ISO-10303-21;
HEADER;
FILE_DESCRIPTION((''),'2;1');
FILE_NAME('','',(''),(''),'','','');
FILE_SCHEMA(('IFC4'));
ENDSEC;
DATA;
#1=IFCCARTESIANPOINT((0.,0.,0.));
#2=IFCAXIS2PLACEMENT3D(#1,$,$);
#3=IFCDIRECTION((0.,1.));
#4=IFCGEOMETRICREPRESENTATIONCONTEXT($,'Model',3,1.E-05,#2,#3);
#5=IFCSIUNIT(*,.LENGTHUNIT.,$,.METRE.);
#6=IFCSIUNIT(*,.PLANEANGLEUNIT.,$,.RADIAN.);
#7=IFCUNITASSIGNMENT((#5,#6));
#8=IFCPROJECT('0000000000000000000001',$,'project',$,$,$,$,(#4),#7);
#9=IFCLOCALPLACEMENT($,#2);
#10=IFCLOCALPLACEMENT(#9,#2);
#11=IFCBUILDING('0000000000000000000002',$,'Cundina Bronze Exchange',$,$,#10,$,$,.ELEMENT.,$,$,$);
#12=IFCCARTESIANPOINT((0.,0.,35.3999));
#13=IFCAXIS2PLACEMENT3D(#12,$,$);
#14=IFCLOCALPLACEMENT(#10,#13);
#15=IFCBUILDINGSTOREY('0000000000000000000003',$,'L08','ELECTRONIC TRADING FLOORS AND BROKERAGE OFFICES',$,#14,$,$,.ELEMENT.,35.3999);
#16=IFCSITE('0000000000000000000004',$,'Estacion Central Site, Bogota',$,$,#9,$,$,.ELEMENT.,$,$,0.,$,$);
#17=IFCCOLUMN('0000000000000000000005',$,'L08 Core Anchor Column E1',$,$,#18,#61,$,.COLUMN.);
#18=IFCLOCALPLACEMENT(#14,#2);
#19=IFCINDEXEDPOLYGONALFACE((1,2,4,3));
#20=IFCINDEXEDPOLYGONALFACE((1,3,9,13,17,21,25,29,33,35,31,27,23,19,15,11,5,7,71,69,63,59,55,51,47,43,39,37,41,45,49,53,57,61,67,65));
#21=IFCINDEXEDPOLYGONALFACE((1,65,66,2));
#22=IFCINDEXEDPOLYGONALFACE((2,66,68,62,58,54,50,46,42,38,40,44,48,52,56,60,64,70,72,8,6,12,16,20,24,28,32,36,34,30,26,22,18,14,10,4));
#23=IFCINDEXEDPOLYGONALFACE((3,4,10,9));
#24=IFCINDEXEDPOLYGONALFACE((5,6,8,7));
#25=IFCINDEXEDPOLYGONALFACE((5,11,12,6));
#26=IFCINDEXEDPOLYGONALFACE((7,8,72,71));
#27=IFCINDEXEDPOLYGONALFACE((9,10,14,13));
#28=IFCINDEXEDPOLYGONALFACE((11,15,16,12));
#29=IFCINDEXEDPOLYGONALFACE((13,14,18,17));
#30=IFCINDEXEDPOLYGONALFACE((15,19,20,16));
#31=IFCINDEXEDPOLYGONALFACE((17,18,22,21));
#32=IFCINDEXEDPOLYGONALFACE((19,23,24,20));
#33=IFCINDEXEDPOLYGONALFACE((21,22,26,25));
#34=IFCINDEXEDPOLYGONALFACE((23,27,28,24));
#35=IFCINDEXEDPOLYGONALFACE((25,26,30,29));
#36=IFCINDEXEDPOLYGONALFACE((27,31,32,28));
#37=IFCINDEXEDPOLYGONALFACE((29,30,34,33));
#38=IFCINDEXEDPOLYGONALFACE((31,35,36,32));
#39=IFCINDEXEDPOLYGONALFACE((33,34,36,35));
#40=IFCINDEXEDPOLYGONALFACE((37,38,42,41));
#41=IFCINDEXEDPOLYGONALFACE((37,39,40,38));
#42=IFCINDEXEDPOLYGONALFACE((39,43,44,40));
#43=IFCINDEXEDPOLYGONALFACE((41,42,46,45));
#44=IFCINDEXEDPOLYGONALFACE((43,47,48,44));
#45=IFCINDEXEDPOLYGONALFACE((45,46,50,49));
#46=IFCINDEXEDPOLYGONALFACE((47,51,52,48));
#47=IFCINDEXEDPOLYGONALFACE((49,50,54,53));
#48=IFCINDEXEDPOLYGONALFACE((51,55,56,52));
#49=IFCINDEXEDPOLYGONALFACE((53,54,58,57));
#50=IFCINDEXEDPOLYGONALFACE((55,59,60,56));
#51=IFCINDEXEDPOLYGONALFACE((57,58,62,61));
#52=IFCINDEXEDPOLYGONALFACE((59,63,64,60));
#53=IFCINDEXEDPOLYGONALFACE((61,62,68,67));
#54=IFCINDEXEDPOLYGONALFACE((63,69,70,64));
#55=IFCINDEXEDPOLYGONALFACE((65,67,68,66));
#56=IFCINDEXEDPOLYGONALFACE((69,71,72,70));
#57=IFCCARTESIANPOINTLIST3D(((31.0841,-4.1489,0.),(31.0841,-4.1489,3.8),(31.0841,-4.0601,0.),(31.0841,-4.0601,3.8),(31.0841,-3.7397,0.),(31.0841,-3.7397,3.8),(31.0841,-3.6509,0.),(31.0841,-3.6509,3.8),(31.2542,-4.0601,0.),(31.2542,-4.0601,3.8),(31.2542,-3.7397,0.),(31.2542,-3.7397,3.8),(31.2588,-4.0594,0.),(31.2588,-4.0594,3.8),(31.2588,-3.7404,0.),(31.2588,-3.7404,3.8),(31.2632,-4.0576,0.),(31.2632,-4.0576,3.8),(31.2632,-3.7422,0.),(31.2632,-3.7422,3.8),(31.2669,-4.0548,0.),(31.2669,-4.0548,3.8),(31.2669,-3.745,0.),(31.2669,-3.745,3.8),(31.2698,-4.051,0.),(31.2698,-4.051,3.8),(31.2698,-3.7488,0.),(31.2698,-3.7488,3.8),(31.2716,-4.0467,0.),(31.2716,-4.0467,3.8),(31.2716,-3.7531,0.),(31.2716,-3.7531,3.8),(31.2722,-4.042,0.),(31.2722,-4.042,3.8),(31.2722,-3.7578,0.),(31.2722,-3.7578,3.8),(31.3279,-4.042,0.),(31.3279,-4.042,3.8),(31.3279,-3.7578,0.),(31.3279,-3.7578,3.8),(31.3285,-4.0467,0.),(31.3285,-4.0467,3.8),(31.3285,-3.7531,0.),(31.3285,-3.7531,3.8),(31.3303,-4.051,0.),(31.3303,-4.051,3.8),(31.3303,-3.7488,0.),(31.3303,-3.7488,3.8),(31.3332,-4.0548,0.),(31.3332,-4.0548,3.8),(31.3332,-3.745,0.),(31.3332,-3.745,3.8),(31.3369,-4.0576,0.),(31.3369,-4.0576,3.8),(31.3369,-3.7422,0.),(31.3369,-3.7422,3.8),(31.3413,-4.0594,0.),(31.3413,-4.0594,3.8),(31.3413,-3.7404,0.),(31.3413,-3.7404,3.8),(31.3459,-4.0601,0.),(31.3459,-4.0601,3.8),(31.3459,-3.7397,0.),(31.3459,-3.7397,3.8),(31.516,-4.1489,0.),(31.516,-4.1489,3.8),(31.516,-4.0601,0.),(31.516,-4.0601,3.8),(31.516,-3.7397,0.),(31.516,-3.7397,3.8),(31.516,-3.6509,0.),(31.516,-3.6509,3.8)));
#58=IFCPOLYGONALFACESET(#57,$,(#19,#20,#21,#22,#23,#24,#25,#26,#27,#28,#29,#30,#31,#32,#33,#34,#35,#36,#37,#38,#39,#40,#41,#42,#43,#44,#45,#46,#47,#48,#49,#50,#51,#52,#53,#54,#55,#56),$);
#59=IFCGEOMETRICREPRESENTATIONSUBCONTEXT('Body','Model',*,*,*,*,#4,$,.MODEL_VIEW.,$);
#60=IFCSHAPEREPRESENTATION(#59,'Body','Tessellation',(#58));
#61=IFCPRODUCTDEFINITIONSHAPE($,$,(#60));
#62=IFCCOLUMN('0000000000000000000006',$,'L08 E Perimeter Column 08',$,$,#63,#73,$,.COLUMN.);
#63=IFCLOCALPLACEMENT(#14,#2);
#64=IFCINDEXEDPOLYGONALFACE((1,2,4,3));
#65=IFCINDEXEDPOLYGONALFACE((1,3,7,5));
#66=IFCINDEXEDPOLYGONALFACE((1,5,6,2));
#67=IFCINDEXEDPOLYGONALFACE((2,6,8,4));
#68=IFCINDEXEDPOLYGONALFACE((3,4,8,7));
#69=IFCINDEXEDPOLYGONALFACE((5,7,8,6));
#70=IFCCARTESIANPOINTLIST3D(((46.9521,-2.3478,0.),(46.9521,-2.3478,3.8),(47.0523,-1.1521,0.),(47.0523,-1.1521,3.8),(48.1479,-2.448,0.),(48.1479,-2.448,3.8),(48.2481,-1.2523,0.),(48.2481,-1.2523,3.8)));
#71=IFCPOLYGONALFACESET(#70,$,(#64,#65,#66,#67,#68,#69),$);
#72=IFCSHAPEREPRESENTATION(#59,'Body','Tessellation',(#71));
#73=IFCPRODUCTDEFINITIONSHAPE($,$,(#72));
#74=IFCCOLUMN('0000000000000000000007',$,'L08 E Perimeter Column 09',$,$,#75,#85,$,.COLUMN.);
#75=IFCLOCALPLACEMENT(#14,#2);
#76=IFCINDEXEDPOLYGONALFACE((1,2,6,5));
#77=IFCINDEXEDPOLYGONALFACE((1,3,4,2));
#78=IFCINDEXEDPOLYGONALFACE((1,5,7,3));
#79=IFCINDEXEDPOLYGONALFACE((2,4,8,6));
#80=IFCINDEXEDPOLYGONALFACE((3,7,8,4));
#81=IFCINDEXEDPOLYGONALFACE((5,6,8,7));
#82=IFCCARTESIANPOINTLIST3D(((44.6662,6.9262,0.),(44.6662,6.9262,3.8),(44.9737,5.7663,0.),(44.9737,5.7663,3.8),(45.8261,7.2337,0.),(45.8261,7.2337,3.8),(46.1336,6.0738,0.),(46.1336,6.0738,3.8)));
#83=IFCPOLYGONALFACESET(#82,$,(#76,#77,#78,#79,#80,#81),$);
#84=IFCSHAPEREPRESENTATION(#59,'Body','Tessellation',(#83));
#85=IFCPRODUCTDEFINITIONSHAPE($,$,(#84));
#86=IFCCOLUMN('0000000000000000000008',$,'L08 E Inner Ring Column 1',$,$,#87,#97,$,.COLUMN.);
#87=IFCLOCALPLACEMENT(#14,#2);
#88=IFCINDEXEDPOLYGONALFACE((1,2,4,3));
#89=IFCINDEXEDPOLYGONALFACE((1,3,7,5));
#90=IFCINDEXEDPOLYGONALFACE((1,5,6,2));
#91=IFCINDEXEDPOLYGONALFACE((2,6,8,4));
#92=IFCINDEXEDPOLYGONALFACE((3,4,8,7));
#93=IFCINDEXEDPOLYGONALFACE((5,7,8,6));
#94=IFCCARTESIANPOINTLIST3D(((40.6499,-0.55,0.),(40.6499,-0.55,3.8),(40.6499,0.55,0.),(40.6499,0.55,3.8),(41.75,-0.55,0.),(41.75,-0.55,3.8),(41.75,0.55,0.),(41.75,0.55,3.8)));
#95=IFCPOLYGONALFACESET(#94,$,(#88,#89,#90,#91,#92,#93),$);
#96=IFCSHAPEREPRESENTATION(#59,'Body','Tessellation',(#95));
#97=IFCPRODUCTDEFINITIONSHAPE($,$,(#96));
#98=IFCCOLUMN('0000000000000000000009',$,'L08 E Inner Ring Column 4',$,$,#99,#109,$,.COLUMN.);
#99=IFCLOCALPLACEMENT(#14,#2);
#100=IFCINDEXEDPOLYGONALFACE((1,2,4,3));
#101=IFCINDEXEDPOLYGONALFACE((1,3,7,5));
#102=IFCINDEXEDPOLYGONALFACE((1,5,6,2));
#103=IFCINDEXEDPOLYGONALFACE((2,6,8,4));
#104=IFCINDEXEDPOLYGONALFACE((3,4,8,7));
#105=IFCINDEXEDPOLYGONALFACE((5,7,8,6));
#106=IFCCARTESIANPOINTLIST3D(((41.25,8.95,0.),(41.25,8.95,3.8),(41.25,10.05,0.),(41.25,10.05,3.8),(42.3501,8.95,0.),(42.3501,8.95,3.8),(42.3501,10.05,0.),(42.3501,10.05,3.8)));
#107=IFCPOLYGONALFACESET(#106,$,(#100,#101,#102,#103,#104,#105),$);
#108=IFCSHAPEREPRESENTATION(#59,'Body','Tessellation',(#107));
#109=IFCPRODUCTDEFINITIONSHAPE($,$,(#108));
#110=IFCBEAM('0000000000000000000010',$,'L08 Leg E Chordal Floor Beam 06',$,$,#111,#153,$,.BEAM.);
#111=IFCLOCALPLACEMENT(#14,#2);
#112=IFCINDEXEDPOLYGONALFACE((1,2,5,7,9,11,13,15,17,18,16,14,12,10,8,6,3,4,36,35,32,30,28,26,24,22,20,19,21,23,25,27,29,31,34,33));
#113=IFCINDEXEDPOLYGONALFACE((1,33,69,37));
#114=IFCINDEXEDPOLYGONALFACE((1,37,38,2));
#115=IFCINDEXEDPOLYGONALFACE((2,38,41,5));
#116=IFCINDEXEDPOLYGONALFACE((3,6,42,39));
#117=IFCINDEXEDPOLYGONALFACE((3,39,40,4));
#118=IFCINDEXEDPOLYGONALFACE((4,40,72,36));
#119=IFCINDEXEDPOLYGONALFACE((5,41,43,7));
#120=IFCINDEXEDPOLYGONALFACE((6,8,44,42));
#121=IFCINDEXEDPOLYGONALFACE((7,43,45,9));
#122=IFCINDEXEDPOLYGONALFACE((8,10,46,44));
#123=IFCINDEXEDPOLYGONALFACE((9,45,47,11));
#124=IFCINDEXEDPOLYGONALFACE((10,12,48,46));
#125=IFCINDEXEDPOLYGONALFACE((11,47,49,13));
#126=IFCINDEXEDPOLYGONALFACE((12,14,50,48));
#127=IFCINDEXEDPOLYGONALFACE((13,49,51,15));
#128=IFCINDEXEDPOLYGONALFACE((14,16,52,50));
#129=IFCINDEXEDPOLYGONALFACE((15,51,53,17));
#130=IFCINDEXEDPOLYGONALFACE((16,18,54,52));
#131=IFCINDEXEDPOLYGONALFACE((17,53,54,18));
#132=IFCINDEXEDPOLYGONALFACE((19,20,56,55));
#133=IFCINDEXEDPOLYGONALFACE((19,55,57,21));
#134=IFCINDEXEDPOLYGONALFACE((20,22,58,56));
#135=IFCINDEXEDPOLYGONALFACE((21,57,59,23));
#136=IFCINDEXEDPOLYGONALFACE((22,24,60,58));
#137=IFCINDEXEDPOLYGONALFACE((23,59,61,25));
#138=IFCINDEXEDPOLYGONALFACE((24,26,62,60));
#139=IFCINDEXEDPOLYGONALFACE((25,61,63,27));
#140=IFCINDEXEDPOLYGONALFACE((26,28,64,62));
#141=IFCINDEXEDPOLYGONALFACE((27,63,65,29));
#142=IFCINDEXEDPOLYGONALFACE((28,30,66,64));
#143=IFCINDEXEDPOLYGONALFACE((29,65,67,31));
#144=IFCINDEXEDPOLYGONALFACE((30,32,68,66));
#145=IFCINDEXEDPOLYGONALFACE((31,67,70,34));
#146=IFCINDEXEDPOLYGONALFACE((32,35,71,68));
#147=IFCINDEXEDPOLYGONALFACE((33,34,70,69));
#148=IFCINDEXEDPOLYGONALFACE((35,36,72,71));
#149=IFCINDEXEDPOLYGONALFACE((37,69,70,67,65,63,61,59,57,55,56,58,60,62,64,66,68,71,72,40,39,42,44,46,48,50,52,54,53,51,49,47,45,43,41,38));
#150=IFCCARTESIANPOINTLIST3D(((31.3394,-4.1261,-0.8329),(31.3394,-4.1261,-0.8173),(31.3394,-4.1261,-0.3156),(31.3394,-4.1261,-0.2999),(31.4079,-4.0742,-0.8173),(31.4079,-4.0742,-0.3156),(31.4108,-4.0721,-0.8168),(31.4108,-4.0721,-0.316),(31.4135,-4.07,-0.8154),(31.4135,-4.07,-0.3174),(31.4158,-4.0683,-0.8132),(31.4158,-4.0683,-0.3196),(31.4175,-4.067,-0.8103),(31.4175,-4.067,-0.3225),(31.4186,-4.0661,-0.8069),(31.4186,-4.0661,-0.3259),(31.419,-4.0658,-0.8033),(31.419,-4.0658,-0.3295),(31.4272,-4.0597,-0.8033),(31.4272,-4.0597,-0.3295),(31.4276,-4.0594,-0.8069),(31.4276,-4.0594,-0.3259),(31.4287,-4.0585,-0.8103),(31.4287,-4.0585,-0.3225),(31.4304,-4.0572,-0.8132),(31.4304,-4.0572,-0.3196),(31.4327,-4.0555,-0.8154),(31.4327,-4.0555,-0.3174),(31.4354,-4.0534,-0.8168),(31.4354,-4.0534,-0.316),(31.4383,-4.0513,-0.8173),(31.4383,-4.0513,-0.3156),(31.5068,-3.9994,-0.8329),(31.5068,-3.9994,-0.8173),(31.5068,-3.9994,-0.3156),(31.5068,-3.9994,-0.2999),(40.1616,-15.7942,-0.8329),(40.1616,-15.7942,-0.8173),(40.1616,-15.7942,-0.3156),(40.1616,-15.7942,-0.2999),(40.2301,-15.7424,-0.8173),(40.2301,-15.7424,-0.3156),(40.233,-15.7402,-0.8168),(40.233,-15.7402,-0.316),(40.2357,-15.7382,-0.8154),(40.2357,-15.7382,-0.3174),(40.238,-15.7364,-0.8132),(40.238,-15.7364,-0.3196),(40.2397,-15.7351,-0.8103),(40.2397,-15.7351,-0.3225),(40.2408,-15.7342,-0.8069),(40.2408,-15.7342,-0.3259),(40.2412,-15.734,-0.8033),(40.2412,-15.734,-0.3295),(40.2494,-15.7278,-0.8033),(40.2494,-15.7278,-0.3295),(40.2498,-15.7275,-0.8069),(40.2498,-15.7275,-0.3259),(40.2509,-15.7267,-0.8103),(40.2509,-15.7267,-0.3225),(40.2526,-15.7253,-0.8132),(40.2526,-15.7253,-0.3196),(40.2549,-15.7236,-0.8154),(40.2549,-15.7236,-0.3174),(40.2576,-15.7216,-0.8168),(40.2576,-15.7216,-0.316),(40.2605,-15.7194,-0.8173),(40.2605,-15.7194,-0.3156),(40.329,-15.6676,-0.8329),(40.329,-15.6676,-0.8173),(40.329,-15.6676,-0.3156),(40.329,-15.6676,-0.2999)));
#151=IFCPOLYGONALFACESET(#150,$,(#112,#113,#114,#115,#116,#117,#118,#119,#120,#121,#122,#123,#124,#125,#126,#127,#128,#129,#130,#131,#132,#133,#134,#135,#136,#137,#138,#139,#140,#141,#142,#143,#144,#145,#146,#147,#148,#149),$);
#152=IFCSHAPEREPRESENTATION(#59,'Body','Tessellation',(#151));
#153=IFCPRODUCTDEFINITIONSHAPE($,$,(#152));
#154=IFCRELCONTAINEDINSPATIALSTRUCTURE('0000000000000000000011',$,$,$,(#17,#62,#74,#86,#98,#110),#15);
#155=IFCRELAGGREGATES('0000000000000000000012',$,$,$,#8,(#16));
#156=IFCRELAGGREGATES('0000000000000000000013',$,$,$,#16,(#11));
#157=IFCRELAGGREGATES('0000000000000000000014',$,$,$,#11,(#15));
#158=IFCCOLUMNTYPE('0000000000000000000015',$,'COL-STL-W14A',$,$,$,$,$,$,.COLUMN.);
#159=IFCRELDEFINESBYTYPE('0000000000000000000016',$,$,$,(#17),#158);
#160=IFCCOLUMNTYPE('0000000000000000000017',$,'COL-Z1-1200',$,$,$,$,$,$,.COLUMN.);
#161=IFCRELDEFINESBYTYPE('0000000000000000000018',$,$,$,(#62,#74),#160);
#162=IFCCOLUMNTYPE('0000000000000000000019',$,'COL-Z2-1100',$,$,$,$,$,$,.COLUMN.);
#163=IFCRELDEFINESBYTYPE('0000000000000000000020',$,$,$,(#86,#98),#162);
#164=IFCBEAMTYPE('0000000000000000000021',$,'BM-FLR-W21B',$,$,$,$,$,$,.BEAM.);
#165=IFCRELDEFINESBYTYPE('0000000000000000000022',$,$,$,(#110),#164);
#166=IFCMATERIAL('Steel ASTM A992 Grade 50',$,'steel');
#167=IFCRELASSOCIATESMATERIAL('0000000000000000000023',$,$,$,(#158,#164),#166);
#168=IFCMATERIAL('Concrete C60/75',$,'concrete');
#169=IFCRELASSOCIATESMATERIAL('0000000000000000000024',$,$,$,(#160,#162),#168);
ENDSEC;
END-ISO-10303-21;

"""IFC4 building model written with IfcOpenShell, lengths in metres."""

from ifc_helpers import new_model, si_unit, direction, frame, origin, origin_2d, place, context, subcontext, project, spatial, rectangle, i_section, extrude, material, material_profile, profile_set, type_object, element, save


model = new_model("IFC4")

# Units and contexts
model_context = context("Model", 3, precision=1e-05, world=origin(), true_north=direction((0.0, 1.0)))
body_context = subcontext(model_context, "Body", "Model", "MODEL_VIEW")
ifc_project = project(units=[si_unit("LENGTHUNIT", "METRE"), si_unit("PLANEANGLEUNIT", "RADIAN")], contexts=[model_context])

# Site, building, storey
site_placement = place(None, origin())
site = spatial("IfcSite", under=ifc_project, at=site_placement, Name="Estacion Central Site, Bogota", CompositionType="ELEMENT", RefElevation=0.0)
building_placement = place(site_placement, origin())
building = spatial("IfcBuilding", under=site, at=building_placement, Name="Cundina Bronze Exchange", CompositionType="ELEMENT")
storey_placement = place(building_placement, frame((0.0, 0.0, 35.3999)))
storey = spatial("IfcBuildingStorey", under=building, at=storey_placement, Name="L08", Description="ELECTRONIC TRADING FLOORS AND BROKERAGE OFFICES", CompositionType="ELEMENT", Elevation=35.3999)

# Columns
ifc_material_1 = material(Name="Steel ASTM A992 Grade 50", Category="steel")
ifc_material_profile_1 = material_profile(ifc_material_1, i_section(OverallWidth=0.4319, OverallDepth=0.498, WebThickness=0.0557, FlangeThickness=0.0889, FilletRadius=0.0181, at=origin_2d()), Name="W14X500", Category="steel")
ifc_profile_set_1 = profile_set([ifc_material_profile_1], Name="Steel ASTM A992 Grade 50")
column_type_1 = type_object("IfcColumnType", Name="COL-STL-W14A", PredefinedType="COLUMN", material=ifc_profile_set_1)
column_placement = place(storey_placement, frame((31.3, -3.8999, 0.0), z_axis=(0.0, 0.0, 1.0), x_axis=(1.0, 0.0, 0.0)))
element("IfcColumn", 1, at=column_placement, inside=storey, type_object=column_type_1, Name="L08 Core Anchor Column E1", PredefinedType="COLUMN", context=body_context, shape_type="SweptSolid", body=[
    extrude(i_section(OverallWidth=0.4319, OverallDepth=0.498, WebThickness=0.0557, FlangeThickness=0.0889, FilletRadius=0.0181, at=origin_2d()), origin(), (0.0, 0.0, 1.0), 3.8),
])
ifc_material_2 = material(Name="Concrete C60/75", Category="concrete")
ifc_material_profile_2 = material_profile(ifc_material_2, rectangle(XDim=1.2, YDim=1.2, at=origin_2d()), Name="RC1200X1200", Category="concrete")
ifc_profile_set_2 = profile_set([ifc_material_profile_2], Name="Concrete C60/75")
column_type_2 = type_object("IfcColumnType", Name="COL-Z1-1200", PredefinedType="COLUMN", material=ifc_profile_set_2)
for number, where, z_axis, x_axis, name in (
    (2, (47.6001, -1.8, 0.0), (0.0, 0.0, 1.0), (0.083504, 0.996507, 0.0), "L08 E Perimeter Column 08"),
    (3, (45.3999, 6.5, 0.0), (0.0, 0.0, 1.0), (-0.256289, 0.9666, 0.0), "L08 E Perimeter Column 09"),
):
    element("IfcColumn", number, at=place(storey_placement, frame(where, z_axis=z_axis, x_axis=x_axis)), inside=storey, type_object=column_type_2, Name=name, PredefinedType="COLUMN", context=body_context, shape_type="SweptSolid", body=[
        extrude(rectangle(XDim=1.2, YDim=1.2, at=origin_2d()), origin(), (0.0, 0.0, 1.0), 3.8),
    ])
ifc_material_profile_3 = material_profile(ifc_material_2, rectangle(XDim=1.1001, YDim=1.1001, at=origin_2d()), Name="RC1100X1100", Category="concrete")
ifc_profile_set_3 = profile_set([ifc_material_profile_3], Name="Concrete C60/75")
column_type_3 = type_object("IfcColumnType", Name="COL-Z2-1100", PredefinedType="COLUMN", material=ifc_profile_set_3)
for number, where, z_axis, x_axis, name in (
    (4, (41.2, 0.0, 0.0), (0.0, 0.0, 1.0), (1.0, 0.0, 0.0), "L08 E Inner Ring Column 1"),
    (5, (41.8, 9.5, 0.0), (0.0, 0.0, 1.0), (1.0, 0.0, 0.0), "L08 E Inner Ring Column 4"),
):
    element("IfcColumn", number, at=place(storey_placement, frame(where, z_axis=z_axis, x_axis=x_axis)), inside=storey, type_object=column_type_3, Name=name, PredefinedType="COLUMN", context=body_context, shape_type="SweptSolid", body=[
        extrude(rectangle(XDim=1.1001, YDim=1.1001, at=origin_2d()), origin(), (0.0, 0.0, 1.0), 3.8),
    ])

# Beam
ifc_material_profile_4 = material_profile(ifc_material_1, i_section(OverallWidth=0.21, OverallDepth=0.533, WebThickness=0.0103, FlangeThickness=0.0156, FilletRadius=0.0139, at=origin_2d()), Name="W21X62", Category="steel")
ifc_profile_set_4 = profile_set([ifc_material_profile_4], Name="Steel ASTM A992 Grade 50")
beam_type_1 = type_object("IfcBeamType", Name="BM-FLR-W21B", PredefinedType="BEAM", material=ifc_profile_set_4)
beam_1_placement = place(storey_placement, frame((31.4231, -4.0627, -0.5664), z_axis=(0.603106, -0.797661, 0.0), x_axis=(0.797661, 0.603106, 0.0)))
element("IfcBeam", 6, at=beam_1_placement, inside=storey, type_object=beam_type_1, Name="L08 Leg E Chordal Floor Beam 06", PredefinedType="BEAM", context=body_context, shape_type="SweptSolid", body=[
    extrude(i_section(OverallWidth=0.21, OverallDepth=0.533, WebThickness=0.0103, FlangeThickness=0.0156, FilletRadius=0.0139, at=origin_2d()), origin(), (0.0, 0.0, 1.0), 14.6279),
])

save(model, "model.ifc")
